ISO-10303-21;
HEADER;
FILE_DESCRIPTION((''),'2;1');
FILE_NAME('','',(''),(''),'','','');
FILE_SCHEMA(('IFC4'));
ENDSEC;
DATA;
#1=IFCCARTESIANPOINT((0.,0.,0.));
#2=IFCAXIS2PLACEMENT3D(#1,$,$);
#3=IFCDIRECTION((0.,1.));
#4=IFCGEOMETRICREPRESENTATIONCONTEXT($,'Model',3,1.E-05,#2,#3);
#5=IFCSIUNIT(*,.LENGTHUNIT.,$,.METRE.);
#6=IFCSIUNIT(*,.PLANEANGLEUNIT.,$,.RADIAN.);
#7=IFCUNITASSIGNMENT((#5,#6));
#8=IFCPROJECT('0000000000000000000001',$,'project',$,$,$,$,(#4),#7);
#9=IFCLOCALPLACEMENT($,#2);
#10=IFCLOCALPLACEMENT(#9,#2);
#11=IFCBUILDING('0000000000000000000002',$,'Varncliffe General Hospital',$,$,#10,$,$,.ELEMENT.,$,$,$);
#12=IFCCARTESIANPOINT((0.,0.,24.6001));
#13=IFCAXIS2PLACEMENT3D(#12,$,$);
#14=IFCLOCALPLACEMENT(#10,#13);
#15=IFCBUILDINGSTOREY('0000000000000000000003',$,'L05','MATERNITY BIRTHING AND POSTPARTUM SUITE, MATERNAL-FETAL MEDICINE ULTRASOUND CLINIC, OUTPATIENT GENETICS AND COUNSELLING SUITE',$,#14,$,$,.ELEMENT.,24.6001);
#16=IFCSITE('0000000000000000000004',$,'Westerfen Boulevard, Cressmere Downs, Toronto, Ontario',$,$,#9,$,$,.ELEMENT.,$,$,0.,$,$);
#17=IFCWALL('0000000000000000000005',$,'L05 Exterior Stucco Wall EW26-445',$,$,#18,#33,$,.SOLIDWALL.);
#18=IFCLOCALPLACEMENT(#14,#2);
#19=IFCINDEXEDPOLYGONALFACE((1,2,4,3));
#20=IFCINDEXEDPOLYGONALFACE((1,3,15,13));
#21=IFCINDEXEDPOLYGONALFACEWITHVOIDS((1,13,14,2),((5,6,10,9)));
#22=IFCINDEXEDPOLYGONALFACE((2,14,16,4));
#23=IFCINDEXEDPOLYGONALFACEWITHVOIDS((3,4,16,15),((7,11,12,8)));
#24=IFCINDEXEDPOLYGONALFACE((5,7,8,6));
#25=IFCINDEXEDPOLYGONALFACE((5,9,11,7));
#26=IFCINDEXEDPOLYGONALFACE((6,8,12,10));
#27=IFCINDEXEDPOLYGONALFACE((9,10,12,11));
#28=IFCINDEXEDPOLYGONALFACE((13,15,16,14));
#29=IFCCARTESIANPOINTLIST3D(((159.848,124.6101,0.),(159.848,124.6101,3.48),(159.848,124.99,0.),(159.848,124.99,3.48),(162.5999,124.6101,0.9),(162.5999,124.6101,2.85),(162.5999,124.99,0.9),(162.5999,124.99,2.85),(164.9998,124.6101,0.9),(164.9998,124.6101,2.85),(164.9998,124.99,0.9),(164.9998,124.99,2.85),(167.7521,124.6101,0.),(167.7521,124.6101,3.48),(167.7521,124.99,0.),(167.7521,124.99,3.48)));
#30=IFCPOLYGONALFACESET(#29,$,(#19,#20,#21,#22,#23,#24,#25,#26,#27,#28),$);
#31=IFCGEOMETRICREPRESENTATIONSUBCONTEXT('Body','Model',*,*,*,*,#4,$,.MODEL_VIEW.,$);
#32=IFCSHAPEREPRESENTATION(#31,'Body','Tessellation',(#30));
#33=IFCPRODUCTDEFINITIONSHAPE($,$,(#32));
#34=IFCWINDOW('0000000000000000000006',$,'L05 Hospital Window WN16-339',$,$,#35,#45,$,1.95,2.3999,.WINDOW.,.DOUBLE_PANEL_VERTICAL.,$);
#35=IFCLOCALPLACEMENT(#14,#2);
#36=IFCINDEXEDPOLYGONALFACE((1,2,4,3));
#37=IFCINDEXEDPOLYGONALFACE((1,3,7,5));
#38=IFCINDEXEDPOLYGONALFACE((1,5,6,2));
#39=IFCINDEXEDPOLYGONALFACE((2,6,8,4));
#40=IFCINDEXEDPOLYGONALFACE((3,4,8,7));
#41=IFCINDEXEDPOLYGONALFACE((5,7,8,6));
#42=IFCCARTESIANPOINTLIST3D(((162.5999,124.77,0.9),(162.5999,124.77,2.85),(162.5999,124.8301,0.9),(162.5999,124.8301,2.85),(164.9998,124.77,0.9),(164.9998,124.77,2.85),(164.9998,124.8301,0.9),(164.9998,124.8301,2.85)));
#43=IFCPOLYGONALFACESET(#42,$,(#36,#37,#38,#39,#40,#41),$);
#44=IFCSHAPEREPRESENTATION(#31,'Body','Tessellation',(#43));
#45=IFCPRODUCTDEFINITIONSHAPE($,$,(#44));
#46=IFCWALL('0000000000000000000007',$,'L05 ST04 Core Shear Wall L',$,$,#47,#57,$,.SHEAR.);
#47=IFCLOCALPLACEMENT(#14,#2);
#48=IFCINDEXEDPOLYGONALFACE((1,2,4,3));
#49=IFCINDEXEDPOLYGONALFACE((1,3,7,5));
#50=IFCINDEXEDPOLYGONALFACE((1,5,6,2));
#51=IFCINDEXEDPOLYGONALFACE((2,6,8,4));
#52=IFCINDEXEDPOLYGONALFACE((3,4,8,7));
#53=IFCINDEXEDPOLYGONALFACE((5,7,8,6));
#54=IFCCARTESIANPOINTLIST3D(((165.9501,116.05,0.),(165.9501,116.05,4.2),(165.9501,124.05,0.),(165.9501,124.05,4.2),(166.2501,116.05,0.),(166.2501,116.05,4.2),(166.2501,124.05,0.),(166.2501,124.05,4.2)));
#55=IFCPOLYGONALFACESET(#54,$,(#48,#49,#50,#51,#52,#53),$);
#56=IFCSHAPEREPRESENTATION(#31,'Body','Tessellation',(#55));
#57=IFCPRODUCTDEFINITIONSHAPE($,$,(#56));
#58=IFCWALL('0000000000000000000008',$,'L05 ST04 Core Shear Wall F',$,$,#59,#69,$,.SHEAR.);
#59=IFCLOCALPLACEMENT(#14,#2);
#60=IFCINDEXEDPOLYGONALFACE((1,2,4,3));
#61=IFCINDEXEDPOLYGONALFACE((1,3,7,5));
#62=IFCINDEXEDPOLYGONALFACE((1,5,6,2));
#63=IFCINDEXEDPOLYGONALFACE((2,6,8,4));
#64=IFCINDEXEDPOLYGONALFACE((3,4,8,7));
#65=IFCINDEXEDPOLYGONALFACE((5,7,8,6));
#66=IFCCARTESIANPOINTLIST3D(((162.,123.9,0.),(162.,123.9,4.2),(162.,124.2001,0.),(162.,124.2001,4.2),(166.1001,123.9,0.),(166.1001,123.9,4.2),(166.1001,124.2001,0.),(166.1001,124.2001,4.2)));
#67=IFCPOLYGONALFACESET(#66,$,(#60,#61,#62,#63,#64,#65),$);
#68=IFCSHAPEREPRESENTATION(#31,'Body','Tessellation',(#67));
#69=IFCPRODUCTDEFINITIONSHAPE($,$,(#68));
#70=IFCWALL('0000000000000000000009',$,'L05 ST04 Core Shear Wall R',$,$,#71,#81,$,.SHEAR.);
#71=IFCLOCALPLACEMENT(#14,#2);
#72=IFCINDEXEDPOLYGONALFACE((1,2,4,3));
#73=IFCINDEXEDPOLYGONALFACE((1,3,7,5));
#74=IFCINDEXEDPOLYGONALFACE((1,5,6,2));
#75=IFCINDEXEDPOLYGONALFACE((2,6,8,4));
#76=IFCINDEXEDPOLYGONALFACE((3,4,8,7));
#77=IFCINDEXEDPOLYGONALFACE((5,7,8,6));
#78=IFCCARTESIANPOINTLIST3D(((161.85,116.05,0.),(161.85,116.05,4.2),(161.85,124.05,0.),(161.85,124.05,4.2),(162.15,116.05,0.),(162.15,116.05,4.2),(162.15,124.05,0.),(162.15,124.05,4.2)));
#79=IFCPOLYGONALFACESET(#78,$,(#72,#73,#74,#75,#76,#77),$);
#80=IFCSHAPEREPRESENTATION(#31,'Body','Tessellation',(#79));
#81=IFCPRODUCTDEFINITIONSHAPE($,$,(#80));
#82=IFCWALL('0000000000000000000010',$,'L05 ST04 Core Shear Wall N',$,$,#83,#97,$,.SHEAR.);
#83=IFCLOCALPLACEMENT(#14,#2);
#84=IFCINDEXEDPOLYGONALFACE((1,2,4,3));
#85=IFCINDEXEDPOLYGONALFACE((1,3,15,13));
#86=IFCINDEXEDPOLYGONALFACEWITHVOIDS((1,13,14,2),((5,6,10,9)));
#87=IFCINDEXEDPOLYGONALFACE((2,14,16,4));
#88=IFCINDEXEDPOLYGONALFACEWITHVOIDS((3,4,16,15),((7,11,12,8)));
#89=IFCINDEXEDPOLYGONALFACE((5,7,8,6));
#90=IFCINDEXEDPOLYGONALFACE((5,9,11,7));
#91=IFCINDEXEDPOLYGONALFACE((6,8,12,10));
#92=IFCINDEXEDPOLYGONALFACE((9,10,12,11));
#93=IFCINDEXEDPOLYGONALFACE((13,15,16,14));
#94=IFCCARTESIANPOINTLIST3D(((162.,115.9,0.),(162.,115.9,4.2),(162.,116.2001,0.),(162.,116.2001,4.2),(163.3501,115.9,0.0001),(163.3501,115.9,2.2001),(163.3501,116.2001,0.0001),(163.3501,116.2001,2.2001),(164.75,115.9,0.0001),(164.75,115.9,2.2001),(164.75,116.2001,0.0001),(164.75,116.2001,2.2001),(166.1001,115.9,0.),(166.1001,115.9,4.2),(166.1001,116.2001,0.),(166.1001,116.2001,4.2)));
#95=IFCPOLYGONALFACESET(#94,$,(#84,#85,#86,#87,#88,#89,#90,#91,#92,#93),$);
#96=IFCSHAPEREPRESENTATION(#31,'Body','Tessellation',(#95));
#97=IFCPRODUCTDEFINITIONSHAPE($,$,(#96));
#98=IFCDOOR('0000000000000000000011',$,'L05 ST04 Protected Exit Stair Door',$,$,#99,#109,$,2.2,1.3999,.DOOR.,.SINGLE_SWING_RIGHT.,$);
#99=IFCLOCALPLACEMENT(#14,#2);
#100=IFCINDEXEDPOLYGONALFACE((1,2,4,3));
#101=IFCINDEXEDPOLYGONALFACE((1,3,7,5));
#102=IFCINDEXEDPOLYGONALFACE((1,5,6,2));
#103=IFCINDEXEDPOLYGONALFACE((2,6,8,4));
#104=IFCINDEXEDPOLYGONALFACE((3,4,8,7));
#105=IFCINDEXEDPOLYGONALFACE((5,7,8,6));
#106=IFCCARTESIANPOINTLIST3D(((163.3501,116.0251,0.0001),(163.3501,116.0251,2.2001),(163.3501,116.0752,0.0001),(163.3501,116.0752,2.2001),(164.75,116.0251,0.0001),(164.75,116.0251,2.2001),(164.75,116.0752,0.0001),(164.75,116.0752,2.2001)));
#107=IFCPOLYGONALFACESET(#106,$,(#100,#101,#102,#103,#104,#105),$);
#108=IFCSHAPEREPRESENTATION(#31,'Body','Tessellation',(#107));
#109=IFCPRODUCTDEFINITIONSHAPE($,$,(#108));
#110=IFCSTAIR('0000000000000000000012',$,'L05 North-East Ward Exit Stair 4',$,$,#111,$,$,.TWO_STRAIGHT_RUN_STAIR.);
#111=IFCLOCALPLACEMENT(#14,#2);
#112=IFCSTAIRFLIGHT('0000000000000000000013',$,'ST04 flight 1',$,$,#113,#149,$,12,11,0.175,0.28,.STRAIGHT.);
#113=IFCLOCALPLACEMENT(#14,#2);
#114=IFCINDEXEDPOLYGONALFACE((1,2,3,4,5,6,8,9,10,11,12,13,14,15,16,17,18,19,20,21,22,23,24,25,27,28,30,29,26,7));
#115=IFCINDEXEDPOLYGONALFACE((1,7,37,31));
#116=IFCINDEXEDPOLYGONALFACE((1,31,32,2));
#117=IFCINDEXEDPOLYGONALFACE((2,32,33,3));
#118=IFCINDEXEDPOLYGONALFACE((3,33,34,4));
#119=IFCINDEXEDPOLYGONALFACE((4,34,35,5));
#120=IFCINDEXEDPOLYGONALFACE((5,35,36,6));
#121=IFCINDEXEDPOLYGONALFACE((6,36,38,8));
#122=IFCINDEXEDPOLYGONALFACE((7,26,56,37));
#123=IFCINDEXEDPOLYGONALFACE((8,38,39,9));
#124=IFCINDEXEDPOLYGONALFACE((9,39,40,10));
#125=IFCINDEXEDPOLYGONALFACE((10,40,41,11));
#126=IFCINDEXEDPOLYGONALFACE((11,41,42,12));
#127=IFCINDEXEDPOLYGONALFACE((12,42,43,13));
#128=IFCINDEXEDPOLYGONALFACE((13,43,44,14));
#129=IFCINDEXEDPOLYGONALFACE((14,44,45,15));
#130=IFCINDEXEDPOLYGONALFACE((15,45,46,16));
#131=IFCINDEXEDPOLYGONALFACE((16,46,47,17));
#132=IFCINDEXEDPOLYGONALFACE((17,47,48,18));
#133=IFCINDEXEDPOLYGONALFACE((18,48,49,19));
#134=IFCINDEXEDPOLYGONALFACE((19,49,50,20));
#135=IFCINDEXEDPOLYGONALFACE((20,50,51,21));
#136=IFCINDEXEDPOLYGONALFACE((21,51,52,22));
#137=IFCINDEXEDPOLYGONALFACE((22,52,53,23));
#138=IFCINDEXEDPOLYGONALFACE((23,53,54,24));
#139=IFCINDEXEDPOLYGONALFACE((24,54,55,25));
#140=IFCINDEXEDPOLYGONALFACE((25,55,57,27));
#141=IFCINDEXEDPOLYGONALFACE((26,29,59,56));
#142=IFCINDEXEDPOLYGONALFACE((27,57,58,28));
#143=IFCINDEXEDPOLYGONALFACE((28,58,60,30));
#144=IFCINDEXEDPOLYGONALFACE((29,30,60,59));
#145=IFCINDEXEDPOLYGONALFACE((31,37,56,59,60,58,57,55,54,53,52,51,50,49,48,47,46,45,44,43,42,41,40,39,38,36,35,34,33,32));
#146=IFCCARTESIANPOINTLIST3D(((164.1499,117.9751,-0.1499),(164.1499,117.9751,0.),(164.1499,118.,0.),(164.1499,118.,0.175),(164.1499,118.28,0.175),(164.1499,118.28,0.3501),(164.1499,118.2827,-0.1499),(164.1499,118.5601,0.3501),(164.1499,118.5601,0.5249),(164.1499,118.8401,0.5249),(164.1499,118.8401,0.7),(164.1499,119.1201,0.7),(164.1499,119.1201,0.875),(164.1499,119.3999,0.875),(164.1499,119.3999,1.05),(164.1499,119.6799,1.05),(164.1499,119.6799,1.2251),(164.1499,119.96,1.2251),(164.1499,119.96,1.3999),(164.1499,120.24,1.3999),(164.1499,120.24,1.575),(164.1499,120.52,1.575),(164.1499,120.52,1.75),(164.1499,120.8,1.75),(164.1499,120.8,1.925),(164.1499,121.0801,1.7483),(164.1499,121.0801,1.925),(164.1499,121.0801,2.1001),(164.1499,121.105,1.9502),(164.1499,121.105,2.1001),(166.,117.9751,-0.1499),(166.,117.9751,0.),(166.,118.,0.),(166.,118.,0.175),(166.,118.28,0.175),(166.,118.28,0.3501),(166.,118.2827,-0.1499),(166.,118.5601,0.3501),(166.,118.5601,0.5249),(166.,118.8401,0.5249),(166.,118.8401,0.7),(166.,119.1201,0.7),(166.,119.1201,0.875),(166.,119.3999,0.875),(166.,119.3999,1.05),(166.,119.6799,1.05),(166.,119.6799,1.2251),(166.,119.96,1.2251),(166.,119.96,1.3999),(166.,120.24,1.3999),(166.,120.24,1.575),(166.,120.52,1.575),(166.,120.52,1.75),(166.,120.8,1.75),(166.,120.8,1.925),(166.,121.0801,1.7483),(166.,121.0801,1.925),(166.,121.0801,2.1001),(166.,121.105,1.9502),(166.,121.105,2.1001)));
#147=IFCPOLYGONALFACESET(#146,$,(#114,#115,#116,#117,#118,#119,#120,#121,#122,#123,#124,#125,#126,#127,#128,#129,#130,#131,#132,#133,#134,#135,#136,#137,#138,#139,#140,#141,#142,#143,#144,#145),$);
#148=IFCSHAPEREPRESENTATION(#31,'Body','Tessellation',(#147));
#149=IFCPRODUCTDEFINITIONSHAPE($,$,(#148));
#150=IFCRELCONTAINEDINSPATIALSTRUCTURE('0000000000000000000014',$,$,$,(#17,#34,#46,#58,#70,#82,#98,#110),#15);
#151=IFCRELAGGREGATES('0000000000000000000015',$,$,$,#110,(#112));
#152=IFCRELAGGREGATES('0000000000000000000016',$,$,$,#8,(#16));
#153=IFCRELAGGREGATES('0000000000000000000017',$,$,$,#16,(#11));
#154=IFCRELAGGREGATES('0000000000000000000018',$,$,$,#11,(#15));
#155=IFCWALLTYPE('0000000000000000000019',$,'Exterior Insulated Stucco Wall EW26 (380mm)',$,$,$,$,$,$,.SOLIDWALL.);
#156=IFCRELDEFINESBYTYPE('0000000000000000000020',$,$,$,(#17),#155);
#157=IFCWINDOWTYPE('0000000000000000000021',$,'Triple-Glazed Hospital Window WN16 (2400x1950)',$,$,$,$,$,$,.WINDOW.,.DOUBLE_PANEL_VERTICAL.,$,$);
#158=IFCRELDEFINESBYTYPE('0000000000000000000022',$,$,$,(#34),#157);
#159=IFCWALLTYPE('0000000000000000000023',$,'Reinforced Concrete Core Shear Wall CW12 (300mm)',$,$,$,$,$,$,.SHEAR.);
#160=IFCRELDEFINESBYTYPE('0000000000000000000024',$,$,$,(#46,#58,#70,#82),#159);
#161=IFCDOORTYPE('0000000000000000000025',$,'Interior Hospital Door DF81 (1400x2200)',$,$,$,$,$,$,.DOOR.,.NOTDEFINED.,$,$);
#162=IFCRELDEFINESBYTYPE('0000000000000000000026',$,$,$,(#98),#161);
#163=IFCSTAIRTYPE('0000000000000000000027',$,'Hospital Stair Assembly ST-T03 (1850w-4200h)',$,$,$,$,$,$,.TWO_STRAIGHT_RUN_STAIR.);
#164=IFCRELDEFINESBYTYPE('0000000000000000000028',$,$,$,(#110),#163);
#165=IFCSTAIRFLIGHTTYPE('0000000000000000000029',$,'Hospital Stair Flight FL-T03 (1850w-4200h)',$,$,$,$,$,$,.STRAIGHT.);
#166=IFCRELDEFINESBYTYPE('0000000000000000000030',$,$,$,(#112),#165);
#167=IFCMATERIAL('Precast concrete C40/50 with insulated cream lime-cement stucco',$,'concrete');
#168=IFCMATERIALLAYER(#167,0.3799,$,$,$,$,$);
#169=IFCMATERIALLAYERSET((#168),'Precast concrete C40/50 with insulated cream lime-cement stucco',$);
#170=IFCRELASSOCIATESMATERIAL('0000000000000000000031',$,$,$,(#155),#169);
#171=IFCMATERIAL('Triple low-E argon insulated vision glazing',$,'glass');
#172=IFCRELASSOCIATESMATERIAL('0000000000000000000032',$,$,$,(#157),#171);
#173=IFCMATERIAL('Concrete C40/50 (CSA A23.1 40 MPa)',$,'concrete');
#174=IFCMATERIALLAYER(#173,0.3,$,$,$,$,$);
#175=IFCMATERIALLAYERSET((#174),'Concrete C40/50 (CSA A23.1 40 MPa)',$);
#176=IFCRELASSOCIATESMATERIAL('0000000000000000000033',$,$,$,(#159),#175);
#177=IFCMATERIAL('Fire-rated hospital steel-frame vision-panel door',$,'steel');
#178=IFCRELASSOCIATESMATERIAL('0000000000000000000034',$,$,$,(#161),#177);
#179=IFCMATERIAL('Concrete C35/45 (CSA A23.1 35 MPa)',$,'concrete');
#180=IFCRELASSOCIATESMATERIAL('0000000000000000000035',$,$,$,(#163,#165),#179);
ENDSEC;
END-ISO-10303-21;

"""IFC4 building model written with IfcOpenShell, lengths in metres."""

from ifc_helpers import new_model, si_unit, direction, frame, frame_2d, origin, place, context, subcontext, project, spatial, polyline, rectangle, outline, extrude, material, layer, layer_set, type_object, element, fill, aggregate, save


model = new_model("IFC4")

# Units and contexts
model_context = context("Model", 3, precision=1e-05, world=origin(), true_north=direction((0.0, 1.0)))
body_context = subcontext(model_context, "Body", "Model", "MODEL_VIEW")
ifc_project = project(units=[si_unit("LENGTHUNIT", "METRE"), si_unit("PLANEANGLEUNIT", "RADIAN")], contexts=[model_context])

# Site, building, storey
site_placement = place(None, origin())
site = spatial("IfcSite", under=ifc_project, at=site_placement, Name="Westerfen Boulevard, Cressmere Downs, Toronto, Ontario", CompositionType="ELEMENT", RefElevation=0.0)
building_placement = place(site_placement, origin())
building = spatial("IfcBuilding", under=site, at=building_placement, Name="Varncliffe General Hospital", CompositionType="ELEMENT")
storey_placement = place(building_placement, frame((0.0, 0.0, 24.6001)))
storey = spatial("IfcBuildingStorey", under=building, at=storey_placement, Name="L05", Description="MATERNITY BIRTHING AND POSTPARTUM SUITE, MATERNAL-FETAL MEDICINE ULTRASOUND CLINIC, OUTPATIENT GENETICS AND COUNSELLING SUITE", CompositionType="ELEMENT", Elevation=24.6001)

# Wall, opening, window
ifc_material_1 = material(Name="Precast concrete C40/50 with insulated cream lime-cement stucco", Category="concrete")
ifc_layer_1 = layer(ifc_material_1, 0.3799)
ifc_layer_set_1 = layer_set([ifc_layer_1], Name="Precast concrete C40/50 with insulated cream lime-cement stucco")
wall_type_1 = type_object("IfcWallType", Name="Exterior Insulated Stucco Wall EW26 (380mm)", PredefinedType="SOLIDWALL", material=ifc_layer_set_1)
wall_1_placement = place(storey_placement, frame((159.8479, 124.8, 0.0), z_axis=(0.0, 0.0, 1.0), x_axis=(1.0, 0.0, 0.0)))
wall_1 = element("IfcWall", 1, at=wall_1_placement, inside=storey, type_object=wall_type_1, Name="L05 Exterior Stucco Wall EW26-445", PredefinedType="SOLIDWALL", context=body_context, shape_type="SweptSolid", body=[
    extrude(rectangle(XDim=7.9041, YDim=0.3799, at=frame_2d((3.9521, 0.0))), origin(), (0.0, 0.0, 1.0), 3.48),
])
opening_1_placement = place(wall_1_placement, frame((2.752, 0.0, 0.8999)))
opening_1 = element("IfcOpeningElement", 2, at=opening_1_placement, cuts=wall_1, PredefinedType="OPENING", context=body_context, shape_type="SweptSolid", body=[
    extrude(rectangle(XDim=2.3999, YDim=1.95, at=frame_2d((1.2, 0.9751))), frame((0.0, 0.2, 0.0), z_axis=(0.0, -1.0, 0.0), x_axis=(1.0, 0.0, 0.0)), (0.0, 0.0, 1.0), 0.3999),
])
ifc_material_2 = material(Name="Triple low-E argon insulated vision glazing", Category="glass")
window_type = type_object("IfcWindowType", Name="Triple-Glazed Hospital Window WN16 (2400x1950)", PartitioningType="DOUBLE_PANEL_VERTICAL", PredefinedType="WINDOW", material=ifc_material_2)
window_placement = place(opening_1_placement, origin())
window = element("IfcWindow", 3, at=window_placement, inside=storey, type_object=window_type, Name="L05 Hospital Window WN16-339", OverallHeight=1.95, OverallWidth=2.3999, PartitioningType="DOUBLE_PANEL_VERTICAL", PredefinedType="WINDOW", context=body_context, shape_type="SweptSolid", body=[
    extrude(rectangle(XDim=2.3999, YDim=1.95, at=frame_2d((1.2, 0.9751))), frame((0.0, 0.03, 0.0), z_axis=(0.0, -1.0, 0.0), x_axis=(1.0, 0.0, 0.0)), (0.0, 0.0, 1.0), 0.0601),
])
fill(opening_1, window)

# Walls
ifc_material_3 = material(Name="Concrete C40/50 (CSA A23.1 40 MPa)", Category="concrete")
ifc_layer_2 = layer(ifc_material_3, 0.3)
ifc_layer_set_2 = layer_set([ifc_layer_2], Name="Concrete C40/50 (CSA A23.1 40 MPa)")
wall_type_2 = type_object("IfcWallType", Name="Reinforced Concrete Core Shear Wall CW12 (300mm)", PredefinedType="SHEAR", material=ifc_layer_set_2)
wall_2_placement = place(storey_placement, frame((166.1001, 116.05, 0.0), z_axis=(0.0, 0.0, 1.0), x_axis=(0.0, 1.0, 0.0)))
element("IfcWall", 4, at=wall_2_placement, inside=storey, type_object=wall_type_2, Name="L05 ST04 Core Shear Wall L", PredefinedType="SHEAR", context=body_context, shape_type="SweptSolid", body=[
    extrude(rectangle(XDim=8.0, YDim=0.3, at=frame_2d((4.0, 0.0))), origin(), (0.0, 0.0, 1.0), 4.2),
])
wall_3_placement = place(storey_placement, frame((166.1001, 124.05, 0.0), z_axis=(0.0, 0.0, 1.0), x_axis=(-1.0, 0.0, 0.0)))
element("IfcWall", 5, at=wall_3_placement, inside=storey, type_object=wall_type_2, Name="L05 ST04 Core Shear Wall F", PredefinedType="SHEAR", context=body_context, shape_type="SweptSolid", body=[
    extrude(rectangle(XDim=4.1001, YDim=0.3, at=frame_2d((2.05, 0.0))), origin(), (0.0, 0.0, 1.0), 4.2),
])
wall_4_placement = place(storey_placement, frame((162.0, 124.05, 0.0), z_axis=(0.0, 0.0, 1.0), x_axis=(0.0, -1.0, 0.0)))
element("IfcWall", 6, at=wall_4_placement, inside=storey, type_object=wall_type_2, Name="L05 ST04 Core Shear Wall R", PredefinedType="SHEAR", context=body_context, shape_type="SweptSolid", body=[
    extrude(rectangle(XDim=8.0, YDim=0.3, at=frame_2d((4.0, 0.0))), origin(), (0.0, 0.0, 1.0), 4.2),
])

# Wall, opening, door
wall_5_placement = place(storey_placement, frame((162.0, 116.05, 0.0), z_axis=(0.0, 0.0, 1.0), x_axis=(1.0, 0.0, 0.0)))
wall_5 = element("IfcWall", 7, at=wall_5_placement, inside=storey, type_object=wall_type_2, Name="L05 ST04 Core Shear Wall N", PredefinedType="SHEAR", context=body_context, shape_type="SweptSolid", body=[
    extrude(rectangle(XDim=4.1001, YDim=0.3, at=frame_2d((2.05, 0.0))), origin(), (0.0, 0.0, 1.0), 4.2),
])
opening_2_placement = place(wall_5_placement, frame((1.3501, 0.0, 0.0)))
opening_2 = element("IfcOpeningElement", 8, at=opening_2_placement, cuts=wall_5, PredefinedType="OPENING", context=body_context, shape_type="SweptSolid", body=[
    extrude(rectangle(XDim=1.3999, YDim=2.2, at=frame_2d((0.7, 1.1001))), frame((0.0, 0.1602, 0.0), z_axis=(0.0, -1.0, 0.0), x_axis=(1.0, 0.0, 0.0)), (0.0, 0.0, 1.0), 0.3201),
])
ifc_material_4 = material(Name="Fire-rated hospital steel-frame vision-panel door", Category="steel")
door_type = type_object("IfcDoorType", Name="Interior Hospital Door DF81 (1400x2200)", OperationType="NOTDEFINED", PredefinedType="DOOR", material=ifc_material_4)
door_placement = place(opening_2_placement, frame((1.3999, 0.0, 0.0), z_axis=(0.0, 0.0, 1.0), x_axis=(-1.0, 0.0, 0.0)))
door = element("IfcDoor", 9, at=door_placement, inside=storey, type_object=door_type, Name="L05 ST04 Protected Exit Stair Door", OperationType="SINGLE_SWING_RIGHT", OverallHeight=2.2, OverallWidth=1.3999, PredefinedType="DOOR", context=body_context, shape_type="SweptSolid", body=[
    extrude(rectangle(XDim=1.3999, YDim=2.2, at=frame_2d((0.7, 1.1001))), frame((0.0, 0.0249, 0.0), z_axis=(0.0, -1.0, 0.0), x_axis=(1.0, 0.0, 0.0)), (0.0, 0.0, 1.0), 0.05),
])
fill(opening_2, door)

# Stair, stair flight
ifc_material_5 = material(Name="Concrete C35/45 (CSA A23.1 35 MPa)", Category="concrete")
stair_type = type_object("IfcStairType", Name="Hospital Stair Assembly ST-T03 (1850w-4200h)", PredefinedType="TWO_STRAIGHT_RUN_STAIR", material=ifc_material_5)
stair_placement = place(storey_placement, origin())
stair = element("IfcStair", 10, at=stair_placement, inside=storey, type_object=stair_type, Name="L05 North-East Ward Exit Stair 4", PredefinedType="TWO_STRAIGHT_RUN_STAIR")
stair_flight_type = type_object("IfcStairFlightType", Name="Hospital Stair Flight FL-T03 (1850w-4200h)", PredefinedType="STRAIGHT", material=ifc_material_5)
stair_flight_1_placement = place(storey_placement, frame((165.075, 118.0, 0.0), z_axis=(0.0, 0.0, 1.0), x_axis=(0.0, 1.0, 0.0)))
stair_flight_1 = element("IfcStairFlight", 11, at=stair_flight_1_placement, type_object=stair_flight_type, Name="ST04 flight 1", NumberOfRisers=12, NumberOfTreads=11, PredefinedType="STRAIGHT", RiserHeight=0.175, TreadLength=0.28, context=body_context, shape_type="SweptSolid", body=[
    extrude(outline(polyline([(-0.0249, -0.1499), (-0.0249, 0.0), (0.0, 0.0), (0.0, 0.175), (0.28, 0.175), (0.28, 0.3501), (0.5601, 0.3501), (0.5601, 0.5249), (0.8401, 0.5249), (0.8401, 0.7), (1.1201, 0.7), (1.1201, 0.875), (1.3999, 0.875), (1.3999, 1.05), (1.6799, 1.05), (1.6799, 1.2251), (1.96, 1.2251), (1.96, 1.3999), (2.24, 1.3999), (2.24, 1.575), (2.52, 1.575), (2.52, 1.75), (2.8, 1.75), (2.8, 1.925), (3.0801, 1.925), (3.0801, 2.1001), (3.105, 2.1001), (3.105, 1.9502), (3.0801, 1.7483), (0.2827, -0.1499), (-0.0249, -0.1499)])), frame((0.0, 0.925, 0.0), z_axis=(0.0, -1.0, 0.0), x_axis=(1.0, 0.0, 0.0)), (0.0, 0.0, 1.0), 1.8501),
])
aggregate(stair, [stair_flight_1])

save(model, "model.ifc")
